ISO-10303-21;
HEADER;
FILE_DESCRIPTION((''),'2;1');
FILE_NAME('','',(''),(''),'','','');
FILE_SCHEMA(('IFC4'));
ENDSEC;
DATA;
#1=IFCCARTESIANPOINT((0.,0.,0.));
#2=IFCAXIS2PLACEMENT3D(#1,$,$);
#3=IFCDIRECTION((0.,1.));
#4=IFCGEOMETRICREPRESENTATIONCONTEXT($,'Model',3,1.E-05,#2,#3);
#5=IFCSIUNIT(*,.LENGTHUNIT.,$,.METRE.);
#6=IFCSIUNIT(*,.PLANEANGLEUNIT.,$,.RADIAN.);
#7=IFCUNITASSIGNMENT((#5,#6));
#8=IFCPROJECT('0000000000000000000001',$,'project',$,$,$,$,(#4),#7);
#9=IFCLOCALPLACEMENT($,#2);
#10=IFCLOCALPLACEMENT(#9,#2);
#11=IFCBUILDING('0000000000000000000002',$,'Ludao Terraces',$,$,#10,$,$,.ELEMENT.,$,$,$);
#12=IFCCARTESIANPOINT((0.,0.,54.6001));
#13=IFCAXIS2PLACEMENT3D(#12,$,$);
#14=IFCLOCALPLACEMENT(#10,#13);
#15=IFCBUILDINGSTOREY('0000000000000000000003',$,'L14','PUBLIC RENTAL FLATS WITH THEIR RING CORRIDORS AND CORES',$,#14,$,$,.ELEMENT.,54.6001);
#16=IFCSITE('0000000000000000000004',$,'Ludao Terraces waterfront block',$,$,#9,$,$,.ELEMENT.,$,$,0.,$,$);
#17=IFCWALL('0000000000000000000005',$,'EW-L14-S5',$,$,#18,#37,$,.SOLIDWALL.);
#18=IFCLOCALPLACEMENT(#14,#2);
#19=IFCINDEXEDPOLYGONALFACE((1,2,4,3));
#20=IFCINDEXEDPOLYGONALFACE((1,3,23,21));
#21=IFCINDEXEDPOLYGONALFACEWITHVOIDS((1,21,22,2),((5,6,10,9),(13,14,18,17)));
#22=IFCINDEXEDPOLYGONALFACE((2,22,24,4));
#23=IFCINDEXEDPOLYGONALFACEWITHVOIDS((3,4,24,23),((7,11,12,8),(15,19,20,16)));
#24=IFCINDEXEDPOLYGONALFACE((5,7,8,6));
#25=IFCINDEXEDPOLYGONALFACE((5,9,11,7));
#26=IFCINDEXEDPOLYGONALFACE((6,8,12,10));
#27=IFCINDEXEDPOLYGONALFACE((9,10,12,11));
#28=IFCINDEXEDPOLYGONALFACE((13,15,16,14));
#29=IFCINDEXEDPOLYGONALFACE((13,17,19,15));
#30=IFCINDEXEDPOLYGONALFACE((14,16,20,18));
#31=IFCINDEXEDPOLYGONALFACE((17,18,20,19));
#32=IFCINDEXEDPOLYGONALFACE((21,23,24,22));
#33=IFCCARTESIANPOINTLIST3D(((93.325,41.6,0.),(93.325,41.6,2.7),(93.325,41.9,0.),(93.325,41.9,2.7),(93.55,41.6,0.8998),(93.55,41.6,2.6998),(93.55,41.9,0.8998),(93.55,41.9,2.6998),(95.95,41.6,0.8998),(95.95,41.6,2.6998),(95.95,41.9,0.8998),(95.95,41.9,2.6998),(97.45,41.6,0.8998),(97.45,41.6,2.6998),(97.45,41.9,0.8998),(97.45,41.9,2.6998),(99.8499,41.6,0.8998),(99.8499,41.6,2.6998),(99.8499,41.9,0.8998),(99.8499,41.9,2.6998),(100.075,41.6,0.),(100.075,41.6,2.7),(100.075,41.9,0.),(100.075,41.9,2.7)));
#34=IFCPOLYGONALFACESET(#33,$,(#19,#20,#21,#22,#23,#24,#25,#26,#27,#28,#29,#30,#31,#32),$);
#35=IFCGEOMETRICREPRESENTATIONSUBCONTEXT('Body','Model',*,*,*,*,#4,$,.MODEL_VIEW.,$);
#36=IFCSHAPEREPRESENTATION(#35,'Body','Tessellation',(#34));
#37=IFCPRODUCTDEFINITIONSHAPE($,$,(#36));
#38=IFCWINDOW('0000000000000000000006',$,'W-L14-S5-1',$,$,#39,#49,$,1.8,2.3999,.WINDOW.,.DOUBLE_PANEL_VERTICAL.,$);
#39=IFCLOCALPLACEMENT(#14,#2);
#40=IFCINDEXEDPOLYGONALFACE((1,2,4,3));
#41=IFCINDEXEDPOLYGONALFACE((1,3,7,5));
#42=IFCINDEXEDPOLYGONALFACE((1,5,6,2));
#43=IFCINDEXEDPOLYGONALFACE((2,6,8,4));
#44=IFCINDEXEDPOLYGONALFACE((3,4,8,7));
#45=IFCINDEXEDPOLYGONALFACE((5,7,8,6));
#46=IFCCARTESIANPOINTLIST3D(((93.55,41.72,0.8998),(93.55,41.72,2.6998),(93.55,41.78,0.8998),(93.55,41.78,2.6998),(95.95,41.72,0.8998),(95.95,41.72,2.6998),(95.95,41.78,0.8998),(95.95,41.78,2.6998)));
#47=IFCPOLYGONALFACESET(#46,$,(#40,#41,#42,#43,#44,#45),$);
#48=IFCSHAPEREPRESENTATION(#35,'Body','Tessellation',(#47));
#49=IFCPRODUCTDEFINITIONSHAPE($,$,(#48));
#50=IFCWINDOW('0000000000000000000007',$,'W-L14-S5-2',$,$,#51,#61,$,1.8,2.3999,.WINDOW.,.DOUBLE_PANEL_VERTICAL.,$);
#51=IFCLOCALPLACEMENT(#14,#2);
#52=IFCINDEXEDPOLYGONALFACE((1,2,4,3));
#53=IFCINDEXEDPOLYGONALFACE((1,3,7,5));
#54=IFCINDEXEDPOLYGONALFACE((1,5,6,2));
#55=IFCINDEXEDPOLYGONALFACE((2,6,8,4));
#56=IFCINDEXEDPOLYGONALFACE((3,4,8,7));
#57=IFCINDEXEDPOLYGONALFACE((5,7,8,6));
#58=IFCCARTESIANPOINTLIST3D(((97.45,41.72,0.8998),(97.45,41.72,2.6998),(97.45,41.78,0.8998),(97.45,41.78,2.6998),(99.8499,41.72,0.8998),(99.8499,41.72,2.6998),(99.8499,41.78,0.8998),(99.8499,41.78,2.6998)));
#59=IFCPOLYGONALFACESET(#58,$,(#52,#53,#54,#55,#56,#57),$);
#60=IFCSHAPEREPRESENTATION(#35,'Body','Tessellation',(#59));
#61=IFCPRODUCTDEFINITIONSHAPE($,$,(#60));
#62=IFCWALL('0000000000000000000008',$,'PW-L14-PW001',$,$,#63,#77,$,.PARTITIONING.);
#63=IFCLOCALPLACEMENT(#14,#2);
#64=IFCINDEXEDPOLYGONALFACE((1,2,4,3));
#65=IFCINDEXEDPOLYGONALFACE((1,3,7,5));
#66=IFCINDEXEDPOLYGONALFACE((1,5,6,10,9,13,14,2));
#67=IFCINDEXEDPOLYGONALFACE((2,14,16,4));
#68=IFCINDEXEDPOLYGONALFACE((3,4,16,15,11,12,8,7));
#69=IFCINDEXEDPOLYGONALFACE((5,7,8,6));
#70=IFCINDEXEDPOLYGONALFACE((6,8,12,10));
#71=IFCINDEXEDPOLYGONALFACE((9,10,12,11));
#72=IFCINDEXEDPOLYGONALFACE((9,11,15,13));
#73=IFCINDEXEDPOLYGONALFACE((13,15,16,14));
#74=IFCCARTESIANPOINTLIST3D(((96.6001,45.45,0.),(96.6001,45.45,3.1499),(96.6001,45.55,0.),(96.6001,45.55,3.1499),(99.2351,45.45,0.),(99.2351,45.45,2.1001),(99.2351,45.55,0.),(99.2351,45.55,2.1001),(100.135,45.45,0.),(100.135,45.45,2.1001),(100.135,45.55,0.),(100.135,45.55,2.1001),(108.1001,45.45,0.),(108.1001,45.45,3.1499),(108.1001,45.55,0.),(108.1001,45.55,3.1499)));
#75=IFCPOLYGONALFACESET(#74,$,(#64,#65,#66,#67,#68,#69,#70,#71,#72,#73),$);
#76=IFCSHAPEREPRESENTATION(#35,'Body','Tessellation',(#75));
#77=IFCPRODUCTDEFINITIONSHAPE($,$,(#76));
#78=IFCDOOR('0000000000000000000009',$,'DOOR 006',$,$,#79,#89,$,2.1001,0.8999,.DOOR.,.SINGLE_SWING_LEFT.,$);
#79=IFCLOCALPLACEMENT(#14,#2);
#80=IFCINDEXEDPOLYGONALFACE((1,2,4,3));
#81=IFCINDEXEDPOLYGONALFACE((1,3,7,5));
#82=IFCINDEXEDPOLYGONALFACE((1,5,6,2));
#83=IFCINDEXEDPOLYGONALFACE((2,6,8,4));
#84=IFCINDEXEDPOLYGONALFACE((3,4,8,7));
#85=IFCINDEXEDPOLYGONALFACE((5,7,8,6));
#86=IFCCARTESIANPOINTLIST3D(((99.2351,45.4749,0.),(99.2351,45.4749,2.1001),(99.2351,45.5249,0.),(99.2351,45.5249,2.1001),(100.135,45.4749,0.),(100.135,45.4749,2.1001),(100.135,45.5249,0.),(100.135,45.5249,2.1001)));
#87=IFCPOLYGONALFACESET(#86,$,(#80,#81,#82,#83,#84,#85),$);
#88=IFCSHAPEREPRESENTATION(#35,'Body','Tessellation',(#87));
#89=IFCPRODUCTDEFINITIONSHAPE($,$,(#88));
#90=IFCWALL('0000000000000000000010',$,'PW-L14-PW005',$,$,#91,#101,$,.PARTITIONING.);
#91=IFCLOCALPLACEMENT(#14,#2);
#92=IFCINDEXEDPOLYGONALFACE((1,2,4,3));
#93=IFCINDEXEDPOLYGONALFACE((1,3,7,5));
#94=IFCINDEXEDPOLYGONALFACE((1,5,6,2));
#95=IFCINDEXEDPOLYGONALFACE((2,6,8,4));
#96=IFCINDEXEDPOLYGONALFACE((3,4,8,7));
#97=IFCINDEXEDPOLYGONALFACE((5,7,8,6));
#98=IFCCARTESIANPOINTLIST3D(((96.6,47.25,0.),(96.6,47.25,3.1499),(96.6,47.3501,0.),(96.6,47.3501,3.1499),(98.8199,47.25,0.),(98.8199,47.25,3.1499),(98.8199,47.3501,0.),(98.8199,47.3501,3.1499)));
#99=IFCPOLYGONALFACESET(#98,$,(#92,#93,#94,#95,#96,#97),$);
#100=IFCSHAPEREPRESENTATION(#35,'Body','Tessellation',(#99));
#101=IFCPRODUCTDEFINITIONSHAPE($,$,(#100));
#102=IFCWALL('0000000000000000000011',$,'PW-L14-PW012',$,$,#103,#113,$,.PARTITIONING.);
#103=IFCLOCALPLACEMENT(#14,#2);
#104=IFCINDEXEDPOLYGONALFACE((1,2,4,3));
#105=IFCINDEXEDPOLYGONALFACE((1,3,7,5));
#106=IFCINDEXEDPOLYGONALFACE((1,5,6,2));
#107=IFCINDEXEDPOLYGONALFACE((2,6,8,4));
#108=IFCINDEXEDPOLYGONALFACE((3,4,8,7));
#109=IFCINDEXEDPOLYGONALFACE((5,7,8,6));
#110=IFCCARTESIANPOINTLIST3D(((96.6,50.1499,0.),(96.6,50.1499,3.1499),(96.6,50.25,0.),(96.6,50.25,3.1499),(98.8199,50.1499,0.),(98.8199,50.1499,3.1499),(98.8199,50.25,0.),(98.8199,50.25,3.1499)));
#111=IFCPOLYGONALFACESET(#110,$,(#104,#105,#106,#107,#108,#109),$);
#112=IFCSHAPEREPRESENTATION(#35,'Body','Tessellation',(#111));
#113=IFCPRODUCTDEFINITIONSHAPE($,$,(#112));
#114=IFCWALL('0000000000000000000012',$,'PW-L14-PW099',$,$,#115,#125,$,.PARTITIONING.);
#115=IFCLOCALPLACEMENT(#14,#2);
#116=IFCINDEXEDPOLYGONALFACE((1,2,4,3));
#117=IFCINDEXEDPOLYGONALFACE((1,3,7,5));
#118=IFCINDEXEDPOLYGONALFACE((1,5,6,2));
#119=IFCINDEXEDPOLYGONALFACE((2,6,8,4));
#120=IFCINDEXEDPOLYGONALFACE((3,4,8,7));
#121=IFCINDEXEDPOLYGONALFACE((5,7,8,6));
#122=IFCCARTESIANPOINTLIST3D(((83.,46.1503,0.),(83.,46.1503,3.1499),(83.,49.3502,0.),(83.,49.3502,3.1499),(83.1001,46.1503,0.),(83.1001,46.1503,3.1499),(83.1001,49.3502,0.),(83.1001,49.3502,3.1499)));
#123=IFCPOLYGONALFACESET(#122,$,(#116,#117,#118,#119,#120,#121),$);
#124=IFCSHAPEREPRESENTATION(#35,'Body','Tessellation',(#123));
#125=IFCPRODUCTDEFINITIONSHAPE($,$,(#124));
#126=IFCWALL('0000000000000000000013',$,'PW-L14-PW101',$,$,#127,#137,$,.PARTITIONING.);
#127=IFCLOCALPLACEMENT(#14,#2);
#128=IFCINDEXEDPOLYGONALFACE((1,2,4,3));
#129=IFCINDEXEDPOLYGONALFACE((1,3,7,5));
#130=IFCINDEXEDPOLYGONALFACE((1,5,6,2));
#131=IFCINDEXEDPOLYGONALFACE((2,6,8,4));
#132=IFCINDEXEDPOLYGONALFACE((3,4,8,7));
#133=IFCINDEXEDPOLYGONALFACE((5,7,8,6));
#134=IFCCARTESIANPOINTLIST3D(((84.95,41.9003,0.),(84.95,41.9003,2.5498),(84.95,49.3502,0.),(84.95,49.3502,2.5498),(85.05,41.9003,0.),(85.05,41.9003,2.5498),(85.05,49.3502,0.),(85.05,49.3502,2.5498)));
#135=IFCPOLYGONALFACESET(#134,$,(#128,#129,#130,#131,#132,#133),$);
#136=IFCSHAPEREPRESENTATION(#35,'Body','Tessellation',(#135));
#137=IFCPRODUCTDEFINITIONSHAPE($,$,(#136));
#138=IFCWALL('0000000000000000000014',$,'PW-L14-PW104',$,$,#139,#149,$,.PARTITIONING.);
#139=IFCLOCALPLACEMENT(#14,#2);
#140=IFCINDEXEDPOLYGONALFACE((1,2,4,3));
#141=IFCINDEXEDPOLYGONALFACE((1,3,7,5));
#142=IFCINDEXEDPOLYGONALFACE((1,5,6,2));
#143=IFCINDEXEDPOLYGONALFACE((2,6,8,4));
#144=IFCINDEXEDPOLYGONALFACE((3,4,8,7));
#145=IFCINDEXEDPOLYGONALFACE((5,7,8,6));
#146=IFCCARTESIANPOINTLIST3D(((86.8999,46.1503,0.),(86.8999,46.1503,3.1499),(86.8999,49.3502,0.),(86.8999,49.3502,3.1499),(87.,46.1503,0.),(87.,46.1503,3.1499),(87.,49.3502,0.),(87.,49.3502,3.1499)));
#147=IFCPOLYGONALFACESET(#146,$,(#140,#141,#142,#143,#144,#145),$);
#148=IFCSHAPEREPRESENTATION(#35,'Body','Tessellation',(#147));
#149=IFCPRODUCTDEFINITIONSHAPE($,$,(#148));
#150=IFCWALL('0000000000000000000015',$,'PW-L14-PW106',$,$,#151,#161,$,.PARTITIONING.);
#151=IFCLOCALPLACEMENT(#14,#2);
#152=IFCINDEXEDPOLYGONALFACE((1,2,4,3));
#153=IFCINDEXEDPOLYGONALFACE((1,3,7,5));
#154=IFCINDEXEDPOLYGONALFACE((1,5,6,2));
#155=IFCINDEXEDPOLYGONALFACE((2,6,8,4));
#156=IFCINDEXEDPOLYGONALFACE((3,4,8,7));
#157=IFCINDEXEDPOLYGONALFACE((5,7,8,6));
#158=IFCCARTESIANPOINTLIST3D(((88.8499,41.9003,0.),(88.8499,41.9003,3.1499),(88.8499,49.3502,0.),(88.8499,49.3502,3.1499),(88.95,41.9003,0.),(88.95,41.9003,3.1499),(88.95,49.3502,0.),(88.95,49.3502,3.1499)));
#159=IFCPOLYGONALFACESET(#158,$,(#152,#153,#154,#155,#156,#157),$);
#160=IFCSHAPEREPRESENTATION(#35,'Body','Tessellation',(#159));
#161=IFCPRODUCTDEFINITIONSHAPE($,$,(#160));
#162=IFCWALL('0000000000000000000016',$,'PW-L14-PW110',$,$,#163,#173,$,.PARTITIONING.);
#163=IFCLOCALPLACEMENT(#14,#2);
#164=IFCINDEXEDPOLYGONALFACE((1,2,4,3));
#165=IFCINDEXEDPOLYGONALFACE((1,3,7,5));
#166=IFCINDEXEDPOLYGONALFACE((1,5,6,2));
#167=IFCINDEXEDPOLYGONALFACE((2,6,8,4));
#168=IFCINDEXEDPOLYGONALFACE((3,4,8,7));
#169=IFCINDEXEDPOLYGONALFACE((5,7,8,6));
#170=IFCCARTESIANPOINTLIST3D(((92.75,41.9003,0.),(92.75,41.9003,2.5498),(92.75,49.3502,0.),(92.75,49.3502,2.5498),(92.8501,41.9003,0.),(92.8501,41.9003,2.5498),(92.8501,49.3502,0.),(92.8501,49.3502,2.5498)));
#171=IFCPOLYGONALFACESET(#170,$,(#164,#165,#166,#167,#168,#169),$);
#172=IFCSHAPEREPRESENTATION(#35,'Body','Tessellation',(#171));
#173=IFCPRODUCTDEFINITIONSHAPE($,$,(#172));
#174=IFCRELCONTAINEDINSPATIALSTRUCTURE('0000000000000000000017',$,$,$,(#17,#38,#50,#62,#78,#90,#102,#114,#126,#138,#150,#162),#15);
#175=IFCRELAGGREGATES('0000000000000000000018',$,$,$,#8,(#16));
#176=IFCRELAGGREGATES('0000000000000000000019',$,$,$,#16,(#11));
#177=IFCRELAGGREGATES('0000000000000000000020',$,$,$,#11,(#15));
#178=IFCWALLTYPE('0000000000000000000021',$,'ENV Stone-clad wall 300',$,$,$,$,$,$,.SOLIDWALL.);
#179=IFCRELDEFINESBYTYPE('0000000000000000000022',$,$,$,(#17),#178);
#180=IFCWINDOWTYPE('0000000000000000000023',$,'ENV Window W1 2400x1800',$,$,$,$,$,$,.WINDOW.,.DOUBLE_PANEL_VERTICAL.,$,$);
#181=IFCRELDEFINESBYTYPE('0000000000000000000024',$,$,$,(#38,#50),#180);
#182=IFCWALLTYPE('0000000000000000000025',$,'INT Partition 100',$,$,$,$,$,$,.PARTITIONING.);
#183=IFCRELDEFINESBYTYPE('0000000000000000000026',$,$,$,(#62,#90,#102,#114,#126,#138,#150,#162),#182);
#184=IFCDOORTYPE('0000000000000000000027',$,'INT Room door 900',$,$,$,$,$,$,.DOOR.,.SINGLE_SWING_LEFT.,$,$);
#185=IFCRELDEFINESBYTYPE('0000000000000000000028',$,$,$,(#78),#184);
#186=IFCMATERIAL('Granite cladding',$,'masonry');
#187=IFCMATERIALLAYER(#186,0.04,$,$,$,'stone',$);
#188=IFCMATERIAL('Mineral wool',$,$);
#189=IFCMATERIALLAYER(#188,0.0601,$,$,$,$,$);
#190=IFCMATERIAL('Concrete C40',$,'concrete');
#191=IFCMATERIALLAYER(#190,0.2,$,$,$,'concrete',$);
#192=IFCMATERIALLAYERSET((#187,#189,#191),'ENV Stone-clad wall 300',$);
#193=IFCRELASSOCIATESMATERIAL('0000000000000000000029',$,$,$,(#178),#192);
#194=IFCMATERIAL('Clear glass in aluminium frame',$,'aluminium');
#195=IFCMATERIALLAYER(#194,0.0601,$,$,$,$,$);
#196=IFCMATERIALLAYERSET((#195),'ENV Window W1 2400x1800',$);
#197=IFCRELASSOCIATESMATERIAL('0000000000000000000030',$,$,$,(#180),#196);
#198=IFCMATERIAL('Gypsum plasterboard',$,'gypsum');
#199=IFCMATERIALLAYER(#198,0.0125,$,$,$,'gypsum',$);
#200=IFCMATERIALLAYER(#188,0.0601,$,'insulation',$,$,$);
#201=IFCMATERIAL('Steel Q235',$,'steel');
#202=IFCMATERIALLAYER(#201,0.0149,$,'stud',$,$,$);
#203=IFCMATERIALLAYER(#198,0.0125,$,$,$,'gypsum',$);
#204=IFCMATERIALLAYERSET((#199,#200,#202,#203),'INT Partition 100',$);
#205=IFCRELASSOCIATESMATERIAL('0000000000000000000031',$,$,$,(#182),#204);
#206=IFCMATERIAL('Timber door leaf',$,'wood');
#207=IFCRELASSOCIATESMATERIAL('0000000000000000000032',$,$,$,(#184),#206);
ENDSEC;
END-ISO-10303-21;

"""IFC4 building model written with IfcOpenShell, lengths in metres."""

from ifc_helpers import new_model, si_unit, direction, frame, frame_2d, origin, place, context, subcontext, project, spatial, rectangle, extrude, material, layer, layer_set, type_object, element, fill, save


model = new_model("IFC4")

# Units and contexts
model_context = context("Model", 3, precision=1e-05, world=origin(), true_north=direction((0.0, 1.0)))
body_context = subcontext(model_context, "Body", "Model", "MODEL_VIEW")
ifc_project = project(units=[si_unit("LENGTHUNIT", "METRE"), si_unit("PLANEANGLEUNIT", "RADIAN")], contexts=[model_context])

# Site, building, storey
site_placement = place(None, origin())
site = spatial("IfcSite", under=ifc_project, at=site_placement, Name="Ludao Terraces waterfront block", CompositionType="ELEMENT", RefElevation=0.0)
building_placement = place(site_placement, origin())
building = spatial("IfcBuilding", under=site, at=building_placement, Name="Ludao Terraces", CompositionType="ELEMENT")
storey_placement = place(building_placement, frame((0.0, 0.0, 54.6001)))
storey = spatial("IfcBuildingStorey", under=building, at=storey_placement, Name="L14", Description="PUBLIC RENTAL FLATS WITH THEIR RING CORRIDORS AND CORES", CompositionType="ELEMENT", Elevation=54.6001)

# Shared definitions
ifc_material_1 = material(Name="Concrete C40", Category="concrete")

# Shared definitions
ifc_material_2 = material(Name="Granite cladding", Category="masonry")
ifc_layer_1 = layer(ifc_material_2, 0.04, Category="stone")
ifc_material_3 = material(Name="Mineral wool")
ifc_layer_2 = layer(ifc_material_3, 0.0601)
ifc_layer_3 = layer(ifc_material_1, 0.2, Category="concrete")
ifc_layer_set_1 = layer_set([ifc_layer_1, ifc_layer_2, ifc_layer_3], Name="ENV Stone-clad wall 300")
wall_type_1 = type_object("IfcWallType", Name="ENV Stone-clad wall 300", PredefinedType="SOLIDWALL", material=ifc_layer_set_1)
ifc_material_4 = material(Name="Clear glass in aluminium frame", Category="aluminium")
ifc_layer_4 = layer(ifc_material_4, 0.0601)
ifc_layer_set_2 = layer_set([ifc_layer_4], Name="ENV Window W1 2400x1800")
window_type = type_object("IfcWindowType", Name="ENV Window W1 2400x1800", PartitioningType="DOUBLE_PANEL_VERTICAL", PredefinedType="WINDOW", material=ifc_layer_set_2)

# Wall, openings, windows
wall_1_placement = place(storey_placement, frame((93.325, 41.75, 0.0), z_axis=(0.0, 0.0, 1.0), x_axis=(1.0, 0.0, 0.0)))
wall_1 = element("IfcWall", 1, at=wall_1_placement, inside=storey, type_object=wall_type_1, Name="EW-L14-S5", PredefinedType="SOLIDWALL", context=body_context, shape_type="SweptSolid", body=[
    extrude(rectangle(XDim=6.75, YDim=0.3, at=frame_2d((3.375, 0.0))), origin(), (0.0, 0.0, 1.0), 2.7),
])
opening_1_placement = place(wall_1_placement, frame((0.2251, 0.0, 0.8999)))
opening_1 = element("IfcOpeningElement", 2, at=opening_1_placement, cuts=wall_1, PredefinedType="OPENING", context=body_context, shape_type="SweptSolid", body=[
    extrude(rectangle(XDim=2.3999, YDim=1.8, at=frame_2d((1.2, 0.8999))), frame((0.0, 0.1602, 0.0), z_axis=(0.0, -1.0, 0.0), x_axis=(1.0, 0.0, 0.0)), (0.0, 0.0, 1.0), 0.3201),
])
opening_2_placement = place(wall_1_placement, frame((4.125, 0.0, 0.8999)))
opening_2 = element("IfcOpeningElement", 3, at=opening_2_placement, cuts=wall_1, PredefinedType="OPENING", context=body_context, shape_type="SweptSolid", body=[
    extrude(rectangle(XDim=2.3999, YDim=1.8, at=frame_2d((1.2, 0.8999))), frame((0.0, 0.1602, 0.0), z_axis=(0.0, -1.0, 0.0), x_axis=(1.0, 0.0, 0.0)), (0.0, 0.0, 1.0), 0.3201),
])
window_1_placement = place(opening_1_placement, origin())
window_1 = element("IfcWindow", 4, at=window_1_placement, inside=storey, type_object=window_type, Name="W-L14-S5-1", OverallHeight=1.8, OverallWidth=2.3999, PartitioningType="DOUBLE_PANEL_VERTICAL", PredefinedType="WINDOW", context=body_context, shape_type="SweptSolid", body=[
    extrude(rectangle(XDim=2.3999, YDim=1.8, at=frame_2d((1.2, 0.8999))), frame((0.0, 0.03, 0.0), z_axis=(0.0, -1.0, 0.0), x_axis=(1.0, 0.0, 0.0)), (0.0, 0.0, 1.0), 0.0601),
])
fill(opening_1, window_1)
window_2_placement = place(opening_2_placement, origin())
window_2 = element("IfcWindow", 5, at=window_2_placement, inside=storey, type_object=window_type, Name="W-L14-S5-2", OverallHeight=1.8, OverallWidth=2.3999, PartitioningType="DOUBLE_PANEL_VERTICAL", PredefinedType="WINDOW", context=body_context, shape_type="SweptSolid", body=[
    extrude(rectangle(XDim=2.3999, YDim=1.8, at=frame_2d((1.2, 0.8999))), frame((0.0, 0.03, 0.0), z_axis=(0.0, -1.0, 0.0), x_axis=(1.0, 0.0, 0.0)), (0.0, 0.0, 1.0), 0.0601),
])
fill(opening_2, window_2)

# Wall, opening, door
ifc_material_5 = material(Name="Gypsum plasterboard", Category="gypsum")
ifc_layer_5 = layer(ifc_material_5, 0.0125, Category="gypsum")
ifc_layer_6 = layer(ifc_material_3, 0.0601, Name="insulation")
ifc_material_6 = material(Name="Steel Q235", Category="steel")
ifc_layer_7 = layer(ifc_material_6, 0.0149, Name="stud")
ifc_layer_8 = layer(ifc_material_5, 0.0125, Category="gypsum")
ifc_layer_set_3 = layer_set([ifc_layer_5, ifc_layer_6, ifc_layer_7, ifc_layer_8], Name="INT Partition 100")
wall_type_2 = type_object("IfcWallType", Name="INT Partition 100", PredefinedType="PARTITIONING", material=ifc_layer_set_3)
wall_2_placement = place(storey_placement, frame((96.6001, 45.5, 0.0), z_axis=(0.0, 0.0, 1.0), x_axis=(1.0, 0.0, 0.0)))
wall_2 = element("IfcWall", 6, at=wall_2_placement, inside=storey, type_object=wall_type_2, Name="PW-L14-PW001", PredefinedType="PARTITIONING", context=body_context, shape_type="SweptSolid", body=[
    extrude(rectangle(XDim=11.5, YDim=0.1001, at=frame_2d((5.75, 0.0))), origin(), (0.0, 0.0, 1.0), 3.1499),
])
opening_3_placement = place(wall_2_placement, frame((2.635, 0.0, 0.0)))
opening_3 = element("IfcOpeningElement", 7, at=opening_3_placement, cuts=wall_2, PredefinedType="OPENING", context=body_context, shape_type="SweptSolid", body=[
    extrude(rectangle(XDim=0.8999, YDim=2.1001, at=frame_2d((0.45, 1.05))), frame((0.0, 0.0601, 0.0), z_axis=(0.0, -1.0, 0.0), x_axis=(1.0, 0.0, 0.0)), (0.0, 0.0, 1.0), 0.1201),
])
ifc_material_7 = material(Name="Timber door leaf", Category="wood")
door_type_1 = type_object("IfcDoorType", Name="INT Room door 900", OperationType="SINGLE_SWING_LEFT", PredefinedType="DOOR", material=ifc_material_7)
door_1_placement = place(opening_3_placement, origin())
door_1 = element("IfcDoor", 8, at=door_1_placement, inside=storey, type_object=door_type_1, Name="DOOR 006", OperationType="SINGLE_SWING_LEFT", OverallHeight=2.1001, OverallWidth=0.8999, PredefinedType="DOOR", context=body_context, shape_type="SweptSolid", body=[
    extrude(rectangle(XDim=0.8999, YDim=2.1001, at=frame_2d((0.45, 1.05))), frame((0.0, 0.0249, 0.0), z_axis=(0.0, -1.0, 0.0), x_axis=(1.0, 0.0, 0.0)), (0.0, 0.0, 1.0), 0.05),
])
fill(opening_3, door_1)

# Walls
for number, where, z_axis, x_axis, name in (
    (9, (96.6001, 47.3, 0.0), (0.0, 0.0, 1.0), (1.0, 0.0, 0.0), "PW-L14-PW005"),
    (10, (96.6001, 50.2, 0.0), (0.0, 0.0, 1.0), (1.0, 0.0, 0.0), "PW-L14-PW012"),
):
    element("IfcWall", number, at=place(storey_placement, frame(where, z_axis=z_axis, x_axis=x_axis)), inside=storey, type_object=wall_type_2, Name=name, PredefinedType="PARTITIONING", context=body_context, shape_type="SweptSolid", body=[
        extrude(rectangle(XDim=2.22, YDim=0.1001, at=frame_2d((1.1099, 0.0))), origin(), (0.0, 0.0, 1.0), 3.1499),
    ])
wall_3_placement = place(storey_placement, frame((83.05, 46.1501, 0.0), z_axis=(0.0, 0.0, 1.0), x_axis=(0.0, 1.0, 0.0)))
element("IfcWall", 11, at=wall_3_placement, inside=storey, type_object=wall_type_2, Name="PW-L14-PW099", PredefinedType="PARTITIONING", context=body_context, shape_type="SweptSolid", body=[
    extrude(rectangle(XDim=3.2, YDim=0.1001, at=frame_2d((1.6001, 0.0))), origin(), (0.0, 0.0, 1.0), 3.1499),
])
wall_4_placement = place(storey_placement, frame((85.0, 41.9001, 0.0), z_axis=(0.0, 0.0, 1.0), x_axis=(0.0, 1.0, 0.0)))
element("IfcWall", 12, at=wall_4_placement, inside=storey, type_object=wall_type_2, Name="PW-L14-PW101", PredefinedType="PARTITIONING", context=body_context, shape_type="SweptSolid", body=[
    extrude(rectangle(XDim=7.45, YDim=0.1001, at=frame_2d((3.7251, 0.0))), origin(), (0.0, 0.0, 1.0), 2.5498),
])
wall_5_placement = place(storey_placement, frame((86.95, 46.1501, 0.0), z_axis=(0.0, 0.0, 1.0), x_axis=(0.0, 1.0, 0.0)))
element("IfcWall", 13, at=wall_5_placement, inside=storey, type_object=wall_type_2, Name="PW-L14-PW104", PredefinedType="PARTITIONING", context=body_context, shape_type="SweptSolid", body=[
    extrude(rectangle(XDim=3.2, YDim=0.1001, at=frame_2d((1.6001, 0.0))), origin(), (0.0, 0.0, 1.0), 3.1499),
])
wall_6_placement = place(storey_placement, frame((88.8999, 41.9001, 0.0), z_axis=(0.0, 0.0, 1.0), x_axis=(0.0, 1.0, 0.0)))
element("IfcWall", 14, at=wall_6_placement, inside=storey, type_object=wall_type_2, Name="PW-L14-PW106", PredefinedType="PARTITIONING", context=body_context, shape_type="SweptSolid", body=[
    extrude(rectangle(XDim=7.45, YDim=0.1001, at=frame_2d((3.7251, 0.0))), origin(), (0.0, 0.0, 1.0), 3.1499),
])
wall_7_placement = place(storey_placement, frame((92.8, 41.9001, 0.0), z_axis=(0.0, 0.0, 1.0), x_axis=(0.0, 1.0, 0.0)))
element("IfcWall", 15, at=wall_7_placement, inside=storey, type_object=wall_type_2, Name="PW-L14-PW110", PredefinedType="PARTITIONING", context=body_context, shape_type="SweptSolid", body=[
    extrude(rectangle(XDim=7.45, YDim=0.1001, at=frame_2d((3.7251, 0.0))), origin(), (0.0, 0.0, 1.0), 2.5498),
])

save(model, "model.ifc")
